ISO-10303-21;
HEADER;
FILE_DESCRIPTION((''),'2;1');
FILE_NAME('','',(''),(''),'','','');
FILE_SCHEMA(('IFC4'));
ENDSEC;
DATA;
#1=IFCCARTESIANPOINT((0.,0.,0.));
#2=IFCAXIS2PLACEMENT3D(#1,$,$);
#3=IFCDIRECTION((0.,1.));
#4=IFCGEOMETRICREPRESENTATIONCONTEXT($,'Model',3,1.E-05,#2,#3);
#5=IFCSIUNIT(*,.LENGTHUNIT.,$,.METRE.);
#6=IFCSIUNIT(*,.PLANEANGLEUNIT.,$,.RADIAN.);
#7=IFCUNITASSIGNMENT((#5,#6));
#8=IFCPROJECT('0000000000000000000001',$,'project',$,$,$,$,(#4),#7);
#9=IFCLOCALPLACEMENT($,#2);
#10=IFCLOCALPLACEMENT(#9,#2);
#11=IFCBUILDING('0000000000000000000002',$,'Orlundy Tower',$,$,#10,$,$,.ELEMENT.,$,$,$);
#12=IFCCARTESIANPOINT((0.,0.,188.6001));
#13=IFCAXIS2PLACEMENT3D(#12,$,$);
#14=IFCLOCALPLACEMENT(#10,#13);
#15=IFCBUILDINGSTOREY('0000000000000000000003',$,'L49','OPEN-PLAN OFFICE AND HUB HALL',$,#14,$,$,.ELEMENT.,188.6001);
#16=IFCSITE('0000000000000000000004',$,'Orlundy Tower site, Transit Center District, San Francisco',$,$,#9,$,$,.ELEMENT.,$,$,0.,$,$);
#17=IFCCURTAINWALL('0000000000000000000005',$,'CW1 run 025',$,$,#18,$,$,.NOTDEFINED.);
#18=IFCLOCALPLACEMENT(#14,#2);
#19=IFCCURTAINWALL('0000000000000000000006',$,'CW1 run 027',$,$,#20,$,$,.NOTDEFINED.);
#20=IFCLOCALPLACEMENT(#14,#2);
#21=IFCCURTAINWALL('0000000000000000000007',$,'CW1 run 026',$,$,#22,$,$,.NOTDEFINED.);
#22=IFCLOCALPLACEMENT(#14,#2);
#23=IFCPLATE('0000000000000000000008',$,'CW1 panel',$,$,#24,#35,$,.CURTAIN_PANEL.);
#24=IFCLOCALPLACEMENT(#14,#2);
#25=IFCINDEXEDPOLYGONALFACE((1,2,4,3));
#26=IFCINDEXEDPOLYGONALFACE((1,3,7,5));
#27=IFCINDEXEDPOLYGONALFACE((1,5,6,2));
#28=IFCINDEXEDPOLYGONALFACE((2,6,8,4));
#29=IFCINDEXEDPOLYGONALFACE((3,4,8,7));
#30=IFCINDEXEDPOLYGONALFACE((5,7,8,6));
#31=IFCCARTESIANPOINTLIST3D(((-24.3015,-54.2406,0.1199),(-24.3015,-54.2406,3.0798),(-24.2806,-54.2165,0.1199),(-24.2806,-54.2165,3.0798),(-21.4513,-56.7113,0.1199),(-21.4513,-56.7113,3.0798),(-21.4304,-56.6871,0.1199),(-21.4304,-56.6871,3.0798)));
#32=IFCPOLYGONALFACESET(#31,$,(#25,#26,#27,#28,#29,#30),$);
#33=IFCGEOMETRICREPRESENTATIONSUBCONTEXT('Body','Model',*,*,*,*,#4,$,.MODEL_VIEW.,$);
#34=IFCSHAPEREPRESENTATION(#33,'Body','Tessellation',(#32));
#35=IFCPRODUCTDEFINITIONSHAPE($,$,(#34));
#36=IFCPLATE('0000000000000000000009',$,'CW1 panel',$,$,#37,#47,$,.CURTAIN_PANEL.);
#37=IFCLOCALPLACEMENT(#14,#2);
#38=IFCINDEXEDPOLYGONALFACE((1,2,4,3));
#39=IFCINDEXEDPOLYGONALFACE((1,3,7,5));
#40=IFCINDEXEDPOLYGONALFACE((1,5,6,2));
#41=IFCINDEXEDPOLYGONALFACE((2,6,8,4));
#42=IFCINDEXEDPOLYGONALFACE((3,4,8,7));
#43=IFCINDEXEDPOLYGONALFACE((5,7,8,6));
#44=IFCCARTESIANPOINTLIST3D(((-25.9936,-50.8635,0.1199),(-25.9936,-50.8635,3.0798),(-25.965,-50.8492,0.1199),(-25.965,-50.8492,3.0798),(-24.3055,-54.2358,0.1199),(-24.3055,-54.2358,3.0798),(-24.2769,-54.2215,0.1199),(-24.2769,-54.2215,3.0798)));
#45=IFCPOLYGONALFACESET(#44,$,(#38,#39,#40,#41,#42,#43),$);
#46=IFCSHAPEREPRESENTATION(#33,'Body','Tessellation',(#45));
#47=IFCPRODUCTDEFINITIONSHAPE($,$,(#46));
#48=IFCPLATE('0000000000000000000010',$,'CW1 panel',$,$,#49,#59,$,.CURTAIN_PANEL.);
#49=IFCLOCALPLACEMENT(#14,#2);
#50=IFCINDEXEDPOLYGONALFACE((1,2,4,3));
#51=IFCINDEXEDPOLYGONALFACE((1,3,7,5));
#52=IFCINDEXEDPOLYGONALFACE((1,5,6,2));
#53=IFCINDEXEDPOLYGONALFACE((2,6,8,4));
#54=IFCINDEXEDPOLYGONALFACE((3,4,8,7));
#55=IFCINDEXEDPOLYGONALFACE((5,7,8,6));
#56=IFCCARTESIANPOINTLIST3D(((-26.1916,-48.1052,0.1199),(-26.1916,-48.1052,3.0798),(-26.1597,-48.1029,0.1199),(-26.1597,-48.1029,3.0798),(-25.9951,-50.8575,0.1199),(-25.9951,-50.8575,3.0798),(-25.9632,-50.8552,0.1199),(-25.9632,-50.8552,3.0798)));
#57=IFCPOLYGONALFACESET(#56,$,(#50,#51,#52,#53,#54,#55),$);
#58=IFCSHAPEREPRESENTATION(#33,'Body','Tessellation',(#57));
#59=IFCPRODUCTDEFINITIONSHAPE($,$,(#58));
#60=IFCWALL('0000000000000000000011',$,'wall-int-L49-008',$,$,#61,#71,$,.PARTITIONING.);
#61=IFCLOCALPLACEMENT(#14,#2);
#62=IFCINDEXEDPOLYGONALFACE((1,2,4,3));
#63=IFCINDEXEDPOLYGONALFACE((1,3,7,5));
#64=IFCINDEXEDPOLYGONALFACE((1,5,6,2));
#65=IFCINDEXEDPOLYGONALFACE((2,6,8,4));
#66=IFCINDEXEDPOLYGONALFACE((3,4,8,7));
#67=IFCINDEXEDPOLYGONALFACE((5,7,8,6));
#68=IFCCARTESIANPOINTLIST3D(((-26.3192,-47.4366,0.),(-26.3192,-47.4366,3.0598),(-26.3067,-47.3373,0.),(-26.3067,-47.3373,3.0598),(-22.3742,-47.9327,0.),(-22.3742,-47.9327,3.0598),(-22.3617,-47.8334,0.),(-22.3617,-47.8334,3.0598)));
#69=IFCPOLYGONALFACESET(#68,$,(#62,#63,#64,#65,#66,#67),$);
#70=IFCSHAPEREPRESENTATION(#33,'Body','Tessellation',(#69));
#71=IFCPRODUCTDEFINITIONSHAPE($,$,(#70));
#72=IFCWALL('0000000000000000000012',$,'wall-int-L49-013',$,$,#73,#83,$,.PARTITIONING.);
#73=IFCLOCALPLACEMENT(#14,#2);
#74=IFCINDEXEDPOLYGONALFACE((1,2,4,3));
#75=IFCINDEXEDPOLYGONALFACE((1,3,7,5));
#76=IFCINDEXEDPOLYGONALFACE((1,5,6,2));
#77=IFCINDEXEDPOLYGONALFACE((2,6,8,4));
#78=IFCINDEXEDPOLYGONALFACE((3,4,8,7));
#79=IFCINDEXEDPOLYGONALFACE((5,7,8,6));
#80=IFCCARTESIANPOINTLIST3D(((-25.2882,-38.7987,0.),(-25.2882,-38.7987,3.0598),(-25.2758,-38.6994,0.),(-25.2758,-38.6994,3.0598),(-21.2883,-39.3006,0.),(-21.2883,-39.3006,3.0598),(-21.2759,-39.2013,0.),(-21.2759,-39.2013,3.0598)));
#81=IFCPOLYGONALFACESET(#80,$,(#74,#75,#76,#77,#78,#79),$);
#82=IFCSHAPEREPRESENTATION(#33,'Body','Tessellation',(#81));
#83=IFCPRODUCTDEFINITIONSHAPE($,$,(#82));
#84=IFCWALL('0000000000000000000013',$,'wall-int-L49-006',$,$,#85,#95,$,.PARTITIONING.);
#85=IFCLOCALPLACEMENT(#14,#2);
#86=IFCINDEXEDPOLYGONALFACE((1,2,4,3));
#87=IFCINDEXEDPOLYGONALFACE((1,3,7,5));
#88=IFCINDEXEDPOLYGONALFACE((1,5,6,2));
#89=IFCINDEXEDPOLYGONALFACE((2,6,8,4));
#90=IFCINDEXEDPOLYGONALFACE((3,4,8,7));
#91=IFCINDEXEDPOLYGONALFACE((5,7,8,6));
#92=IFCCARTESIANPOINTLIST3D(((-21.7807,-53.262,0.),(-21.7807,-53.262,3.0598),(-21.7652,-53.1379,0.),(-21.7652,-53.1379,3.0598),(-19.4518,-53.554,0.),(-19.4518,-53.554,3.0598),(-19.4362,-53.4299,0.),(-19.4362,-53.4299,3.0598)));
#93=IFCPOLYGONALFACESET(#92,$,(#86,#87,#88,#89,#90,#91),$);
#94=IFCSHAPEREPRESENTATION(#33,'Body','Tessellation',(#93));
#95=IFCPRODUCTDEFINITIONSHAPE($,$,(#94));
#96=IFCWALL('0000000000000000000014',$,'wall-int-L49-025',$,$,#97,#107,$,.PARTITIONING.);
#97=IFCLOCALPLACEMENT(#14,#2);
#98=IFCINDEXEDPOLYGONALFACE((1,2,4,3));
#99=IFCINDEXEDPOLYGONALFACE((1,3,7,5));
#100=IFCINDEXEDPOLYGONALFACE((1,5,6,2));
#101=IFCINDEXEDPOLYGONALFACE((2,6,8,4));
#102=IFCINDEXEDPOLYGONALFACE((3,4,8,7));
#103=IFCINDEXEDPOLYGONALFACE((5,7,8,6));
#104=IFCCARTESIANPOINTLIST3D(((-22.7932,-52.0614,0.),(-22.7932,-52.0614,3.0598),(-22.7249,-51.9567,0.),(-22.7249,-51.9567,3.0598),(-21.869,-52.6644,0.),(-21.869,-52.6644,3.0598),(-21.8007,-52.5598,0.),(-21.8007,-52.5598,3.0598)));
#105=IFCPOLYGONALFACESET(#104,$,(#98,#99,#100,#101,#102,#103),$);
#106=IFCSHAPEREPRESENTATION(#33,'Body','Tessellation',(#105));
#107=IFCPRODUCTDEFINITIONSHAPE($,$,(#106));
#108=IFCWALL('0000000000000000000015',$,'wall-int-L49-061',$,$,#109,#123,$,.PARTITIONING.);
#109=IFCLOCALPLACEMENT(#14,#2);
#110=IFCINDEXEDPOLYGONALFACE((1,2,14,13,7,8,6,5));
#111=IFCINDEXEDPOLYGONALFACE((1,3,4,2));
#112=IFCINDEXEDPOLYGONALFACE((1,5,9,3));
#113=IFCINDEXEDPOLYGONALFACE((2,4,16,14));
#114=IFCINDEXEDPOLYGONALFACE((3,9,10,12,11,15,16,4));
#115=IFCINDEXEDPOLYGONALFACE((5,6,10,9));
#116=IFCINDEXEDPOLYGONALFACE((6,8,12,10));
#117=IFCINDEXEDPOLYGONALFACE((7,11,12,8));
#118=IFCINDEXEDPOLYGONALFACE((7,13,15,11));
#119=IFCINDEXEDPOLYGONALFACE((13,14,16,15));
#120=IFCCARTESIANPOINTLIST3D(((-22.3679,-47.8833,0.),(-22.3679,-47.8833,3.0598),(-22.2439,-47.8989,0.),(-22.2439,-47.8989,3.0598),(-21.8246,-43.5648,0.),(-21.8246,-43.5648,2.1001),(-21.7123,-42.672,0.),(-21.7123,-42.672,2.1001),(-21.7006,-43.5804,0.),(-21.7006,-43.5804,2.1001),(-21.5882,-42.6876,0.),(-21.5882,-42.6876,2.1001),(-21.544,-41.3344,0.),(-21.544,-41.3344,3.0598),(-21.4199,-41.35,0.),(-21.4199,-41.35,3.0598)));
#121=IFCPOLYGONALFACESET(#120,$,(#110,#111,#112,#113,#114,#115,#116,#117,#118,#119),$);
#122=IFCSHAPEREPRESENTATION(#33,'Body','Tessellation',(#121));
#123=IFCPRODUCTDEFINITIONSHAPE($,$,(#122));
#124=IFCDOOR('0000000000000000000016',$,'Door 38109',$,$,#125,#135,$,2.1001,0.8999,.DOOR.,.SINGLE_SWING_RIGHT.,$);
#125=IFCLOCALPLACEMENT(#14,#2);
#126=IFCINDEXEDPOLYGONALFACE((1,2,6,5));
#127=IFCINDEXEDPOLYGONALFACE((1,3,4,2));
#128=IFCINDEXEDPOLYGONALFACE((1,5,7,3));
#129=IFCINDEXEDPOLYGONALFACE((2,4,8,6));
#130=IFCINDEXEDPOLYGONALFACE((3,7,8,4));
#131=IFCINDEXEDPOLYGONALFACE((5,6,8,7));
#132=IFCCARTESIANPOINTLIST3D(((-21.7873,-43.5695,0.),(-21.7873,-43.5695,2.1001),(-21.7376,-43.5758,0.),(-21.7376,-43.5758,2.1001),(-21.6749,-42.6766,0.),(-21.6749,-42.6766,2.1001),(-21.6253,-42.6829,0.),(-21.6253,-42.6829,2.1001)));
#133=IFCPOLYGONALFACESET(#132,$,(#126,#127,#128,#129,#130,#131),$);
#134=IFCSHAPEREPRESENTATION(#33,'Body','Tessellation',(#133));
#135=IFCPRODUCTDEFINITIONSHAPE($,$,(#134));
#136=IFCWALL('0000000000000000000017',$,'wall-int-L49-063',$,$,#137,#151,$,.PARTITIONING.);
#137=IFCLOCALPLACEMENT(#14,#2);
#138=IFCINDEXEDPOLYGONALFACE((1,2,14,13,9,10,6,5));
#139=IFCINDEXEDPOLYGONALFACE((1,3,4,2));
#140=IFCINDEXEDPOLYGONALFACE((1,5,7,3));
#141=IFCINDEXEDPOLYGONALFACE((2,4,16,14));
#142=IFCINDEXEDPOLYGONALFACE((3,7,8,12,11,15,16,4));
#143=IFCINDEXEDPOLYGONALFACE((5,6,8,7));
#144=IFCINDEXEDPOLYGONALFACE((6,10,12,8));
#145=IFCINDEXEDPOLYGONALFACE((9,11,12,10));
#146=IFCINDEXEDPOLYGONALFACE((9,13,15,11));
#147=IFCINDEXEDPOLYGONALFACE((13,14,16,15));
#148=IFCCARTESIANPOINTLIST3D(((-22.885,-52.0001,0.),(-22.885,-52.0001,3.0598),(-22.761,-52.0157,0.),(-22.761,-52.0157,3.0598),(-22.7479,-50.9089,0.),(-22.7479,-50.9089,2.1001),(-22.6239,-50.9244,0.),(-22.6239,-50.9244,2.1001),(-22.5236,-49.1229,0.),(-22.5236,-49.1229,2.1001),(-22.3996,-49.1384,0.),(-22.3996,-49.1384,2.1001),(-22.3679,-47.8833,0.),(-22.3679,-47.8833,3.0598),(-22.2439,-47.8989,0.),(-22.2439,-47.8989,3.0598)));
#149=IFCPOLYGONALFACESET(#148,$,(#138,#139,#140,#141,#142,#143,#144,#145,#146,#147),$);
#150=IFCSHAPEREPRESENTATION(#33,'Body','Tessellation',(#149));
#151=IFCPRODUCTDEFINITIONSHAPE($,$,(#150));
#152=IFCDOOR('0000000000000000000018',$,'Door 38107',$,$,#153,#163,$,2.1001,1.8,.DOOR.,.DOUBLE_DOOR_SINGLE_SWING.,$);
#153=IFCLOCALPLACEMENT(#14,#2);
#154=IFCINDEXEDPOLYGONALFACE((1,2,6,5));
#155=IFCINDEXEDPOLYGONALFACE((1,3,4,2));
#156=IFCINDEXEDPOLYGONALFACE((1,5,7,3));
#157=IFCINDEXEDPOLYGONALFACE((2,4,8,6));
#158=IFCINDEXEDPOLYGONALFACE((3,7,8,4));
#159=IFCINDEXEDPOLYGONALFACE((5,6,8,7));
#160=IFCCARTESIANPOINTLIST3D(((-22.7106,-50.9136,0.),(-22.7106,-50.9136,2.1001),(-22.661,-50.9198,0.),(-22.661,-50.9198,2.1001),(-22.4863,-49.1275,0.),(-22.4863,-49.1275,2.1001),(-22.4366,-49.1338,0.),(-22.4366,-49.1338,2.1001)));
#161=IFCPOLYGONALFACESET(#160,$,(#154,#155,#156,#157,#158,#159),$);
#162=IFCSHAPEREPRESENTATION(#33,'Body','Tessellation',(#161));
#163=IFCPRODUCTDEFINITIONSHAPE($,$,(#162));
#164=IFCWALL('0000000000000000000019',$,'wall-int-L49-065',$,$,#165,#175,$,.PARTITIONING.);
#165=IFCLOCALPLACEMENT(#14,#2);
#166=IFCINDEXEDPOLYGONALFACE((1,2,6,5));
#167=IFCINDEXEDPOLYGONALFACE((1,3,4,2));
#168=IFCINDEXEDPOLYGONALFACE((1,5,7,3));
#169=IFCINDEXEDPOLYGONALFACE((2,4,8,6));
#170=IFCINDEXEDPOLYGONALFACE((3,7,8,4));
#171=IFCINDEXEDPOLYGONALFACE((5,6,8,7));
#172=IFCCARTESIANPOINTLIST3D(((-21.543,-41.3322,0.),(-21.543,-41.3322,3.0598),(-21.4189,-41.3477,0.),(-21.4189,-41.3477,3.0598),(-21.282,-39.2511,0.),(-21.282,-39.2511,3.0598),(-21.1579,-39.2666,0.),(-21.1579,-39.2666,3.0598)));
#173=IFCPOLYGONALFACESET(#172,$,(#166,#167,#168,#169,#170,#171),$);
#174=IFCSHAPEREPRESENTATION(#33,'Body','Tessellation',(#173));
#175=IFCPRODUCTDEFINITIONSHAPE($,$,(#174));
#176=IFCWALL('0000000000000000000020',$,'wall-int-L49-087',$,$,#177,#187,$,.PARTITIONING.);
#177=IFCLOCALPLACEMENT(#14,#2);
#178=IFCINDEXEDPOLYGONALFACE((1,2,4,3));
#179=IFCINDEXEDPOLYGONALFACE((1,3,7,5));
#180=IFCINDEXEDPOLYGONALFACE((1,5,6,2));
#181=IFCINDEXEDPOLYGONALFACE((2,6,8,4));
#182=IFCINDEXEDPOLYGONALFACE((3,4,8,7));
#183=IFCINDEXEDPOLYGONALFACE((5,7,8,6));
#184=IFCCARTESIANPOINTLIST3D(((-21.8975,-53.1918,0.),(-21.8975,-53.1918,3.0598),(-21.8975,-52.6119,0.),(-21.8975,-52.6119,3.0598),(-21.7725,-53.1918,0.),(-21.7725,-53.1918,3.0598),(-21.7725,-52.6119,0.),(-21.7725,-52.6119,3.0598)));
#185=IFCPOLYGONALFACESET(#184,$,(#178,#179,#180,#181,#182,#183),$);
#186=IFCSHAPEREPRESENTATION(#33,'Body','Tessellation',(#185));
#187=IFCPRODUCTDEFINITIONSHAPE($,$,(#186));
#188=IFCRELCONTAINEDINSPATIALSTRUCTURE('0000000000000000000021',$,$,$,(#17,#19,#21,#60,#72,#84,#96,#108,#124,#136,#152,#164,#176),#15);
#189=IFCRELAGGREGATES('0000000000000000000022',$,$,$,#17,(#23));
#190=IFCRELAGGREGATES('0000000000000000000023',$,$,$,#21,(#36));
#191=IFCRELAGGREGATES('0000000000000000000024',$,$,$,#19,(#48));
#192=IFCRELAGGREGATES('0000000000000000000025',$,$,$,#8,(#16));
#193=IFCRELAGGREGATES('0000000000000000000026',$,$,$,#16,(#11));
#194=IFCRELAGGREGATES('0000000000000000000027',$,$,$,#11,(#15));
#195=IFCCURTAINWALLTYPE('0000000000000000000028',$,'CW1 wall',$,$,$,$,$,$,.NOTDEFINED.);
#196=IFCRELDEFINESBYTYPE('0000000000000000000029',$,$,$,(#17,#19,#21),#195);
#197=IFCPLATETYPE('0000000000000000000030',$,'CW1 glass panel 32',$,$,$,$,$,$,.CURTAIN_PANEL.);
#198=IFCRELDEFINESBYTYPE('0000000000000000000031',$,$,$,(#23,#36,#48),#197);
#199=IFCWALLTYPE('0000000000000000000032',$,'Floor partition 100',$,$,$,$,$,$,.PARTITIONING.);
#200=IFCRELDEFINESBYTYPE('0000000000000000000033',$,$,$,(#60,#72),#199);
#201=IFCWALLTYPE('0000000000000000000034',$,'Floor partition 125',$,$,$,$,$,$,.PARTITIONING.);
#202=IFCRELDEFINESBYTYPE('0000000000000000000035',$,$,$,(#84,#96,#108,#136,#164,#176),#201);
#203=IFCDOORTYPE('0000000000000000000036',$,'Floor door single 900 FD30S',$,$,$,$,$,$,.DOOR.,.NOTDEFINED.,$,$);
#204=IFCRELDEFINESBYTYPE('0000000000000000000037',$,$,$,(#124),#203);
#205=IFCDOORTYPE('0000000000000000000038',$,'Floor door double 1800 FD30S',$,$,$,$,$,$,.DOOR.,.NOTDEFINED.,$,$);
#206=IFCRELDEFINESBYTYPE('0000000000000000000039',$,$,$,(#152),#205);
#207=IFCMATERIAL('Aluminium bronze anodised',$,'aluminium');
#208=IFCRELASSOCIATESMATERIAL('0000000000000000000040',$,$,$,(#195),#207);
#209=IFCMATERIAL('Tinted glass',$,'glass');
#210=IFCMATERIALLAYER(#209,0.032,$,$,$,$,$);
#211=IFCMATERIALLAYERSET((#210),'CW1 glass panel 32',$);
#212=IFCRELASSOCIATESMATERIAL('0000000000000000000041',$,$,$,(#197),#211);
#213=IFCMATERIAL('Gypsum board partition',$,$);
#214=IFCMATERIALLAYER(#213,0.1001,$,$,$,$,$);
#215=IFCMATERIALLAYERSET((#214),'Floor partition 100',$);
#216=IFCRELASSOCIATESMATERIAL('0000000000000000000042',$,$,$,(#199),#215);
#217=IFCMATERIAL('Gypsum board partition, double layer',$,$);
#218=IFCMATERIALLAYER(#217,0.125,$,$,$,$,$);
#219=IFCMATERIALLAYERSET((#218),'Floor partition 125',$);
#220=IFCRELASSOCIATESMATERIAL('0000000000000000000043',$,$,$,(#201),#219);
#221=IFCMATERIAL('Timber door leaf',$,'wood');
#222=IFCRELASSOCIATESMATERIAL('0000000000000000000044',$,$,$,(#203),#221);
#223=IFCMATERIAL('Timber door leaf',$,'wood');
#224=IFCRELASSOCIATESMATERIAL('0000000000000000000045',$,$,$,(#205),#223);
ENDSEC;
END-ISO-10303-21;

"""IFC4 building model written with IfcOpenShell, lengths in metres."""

from ifc_helpers import new_model, si_unit, direction, frame, frame_2d, origin, origin_2d, place, context, subcontext, project, spatial, rectangle, extrude, material, layer, layer_set, type_object, element, fill, aggregate, save


model = new_model("IFC4")

# Units and contexts
model_context = context("Model", 3, precision=1e-05, world=origin(), true_north=direction((0.0, 1.0)))
body_context = subcontext(model_context, "Body", "Model", "MODEL_VIEW")
ifc_project = project(units=[si_unit("LENGTHUNIT", "METRE"), si_unit("PLANEANGLEUNIT", "RADIAN")], contexts=[model_context])

# Site, building, storey
site_placement = place(None, origin())
site = spatial("IfcSite", under=ifc_project, at=site_placement, Name="Orlundy Tower site, Transit Center District, San Francisco", CompositionType="ELEMENT", RefElevation=0.0)
building_placement = place(site_placement, origin())
building = spatial("IfcBuilding", under=site, at=building_placement, Name="Orlundy Tower", CompositionType="ELEMENT")
storey_placement = place(building_placement, frame((0.0, 0.0, 188.6001)))
storey = spatial("IfcBuildingStorey", under=building, at=storey_placement, Name="L49", Description="OPEN-PLAN OFFICE AND HUB HALL", CompositionType="ELEMENT", Elevation=188.6001)

# Curtain walls
ifc_material_1 = material(Name="Aluminium bronze anodised", Category="aluminium")
curtain_wall_type = type_object("IfcCurtainWallType", Name="CW1 wall", PredefinedType="NOTDEFINED", material=ifc_material_1)
curtain_wall_1_placement = place(storey_placement, origin())
curtain_wall_1 = element("IfcCurtainWall", 1, at=curtain_wall_1_placement, inside=storey, type_object=curtain_wall_type, Name="CW1 run 025", PredefinedType="NOTDEFINED")
curtain_wall_2_placement = place(storey_placement, origin())
curtain_wall_2 = element("IfcCurtainWall", 2, at=curtain_wall_2_placement, inside=storey, type_object=curtain_wall_type, Name="CW1 run 027", PredefinedType="NOTDEFINED")

# Curtain wall
curtain_wall_3_placement = place(storey_placement, origin())
curtain_wall_3 = element("IfcCurtainWall", 3, at=curtain_wall_3_placement, inside=storey, type_object=curtain_wall_type, Name="CW1 run 026", PredefinedType="NOTDEFINED")

# Plates
ifc_material_2 = material(Name="Tinted glass", Category="glass")
ifc_layer_1 = layer(ifc_material_2, 0.032)
ifc_layer_set_1 = layer_set([ifc_layer_1], Name="CW1 glass panel 32")
plate_type = type_object("IfcPlateType", Name="CW1 glass panel 32", PredefinedType="CURTAIN_PANEL", material=ifc_layer_set_1)
plate_1_placement = place(storey_placement, frame((-22.866, -55.4639, 0.1199), z_axis=(0.0, 0.0, 1.0), x_axis=(-0.755627, 0.655002, 0.0)))
plate_1 = element("IfcPlate", 4, at=plate_1_placement, type_object=plate_type, Name="CW1 panel", PredefinedType="CURTAIN_PANEL", context=body_context, shape_type="SweptSolid", body=[
    extrude(rectangle(XDim=3.772, YDim=0.032, at=origin_2d()), origin(), (0.0, 0.0, 1.0), 2.96),
])
aggregate(curtain_wall_1, [plate_1])
plate_2_placement = place(storey_placement, frame((-25.1353, -52.5425, 0.1199), z_axis=(0.0, 0.0, 1.0), x_axis=(-0.447645, 0.894211, 0.0)))
plate_2 = element("IfcPlate", 5, at=plate_2_placement, type_object=plate_type, Name="CW1 panel", PredefinedType="CURTAIN_PANEL", context=body_context, shape_type="SweptSolid", body=[
    extrude(rectangle(XDim=3.7712, YDim=0.032, at=origin_2d()), origin(), (0.0, 0.0, 1.0), 2.96),
])
aggregate(curtain_wall_3, [plate_2])
plate_3_placement = place(storey_placement, frame((-26.0774, -49.4802, 0.1199), z_axis=(0.0, 0.0, 1.0), x_axis=(-0.071209, 0.997461, 0.0)))
plate_3 = element("IfcPlate", 6, at=plate_3_placement, type_object=plate_type, Name="CW1 panel", PredefinedType="CURTAIN_PANEL", context=body_context, shape_type="SweptSolid", body=[
    extrude(rectangle(XDim=2.7593, YDim=0.032, at=origin_2d()), origin(), (0.0, 0.0, 1.0), 2.96),
])
aggregate(curtain_wall_2, [plate_3])

# Walls
ifc_material_3 = material(Name="Gypsum board partition")
ifc_layer_2 = layer(ifc_material_3, 0.1001)
ifc_layer_set_2 = layer_set([ifc_layer_2], Name="Floor partition 100")
wall_type_1 = type_object("IfcWallType", Name="Floor partition 100", PredefinedType="PARTITIONING", material=ifc_layer_set_2)
wall_1_placement = place(storey_placement, frame((-26.313, -47.387, 0.0), z_axis=(0.0, 0.0, 1.0), x_axis=(0.992186, -0.124768, 0.0)))
element("IfcWall", 7, at=wall_1_placement, inside=storey, type_object=wall_type_1, Name="wall-int-L49-008", PredefinedType="PARTITIONING", context=body_context, shape_type="SweptSolid", body=[
    extrude(rectangle(XDim=3.9761, YDim=0.1001, at=frame_2d((1.988, 0.0))), origin(), (0.0, 0.0, 1.0), 3.0598),
])
wall_2_placement = place(storey_placement, frame((-25.282, -38.749, 0.0), z_axis=(0.0, 0.0, 1.0), x_axis=(0.992218, -0.124512, 0.0)))
element("IfcWall", 8, at=wall_2_placement, inside=storey, type_object=wall_type_1, Name="wall-int-L49-013", PredefinedType="PARTITIONING", context=body_context, shape_type="SweptSolid", body=[
    extrude(rectangle(XDim=4.0312, YDim=0.1001, at=frame_2d((2.0156, 0.0))), origin(), (0.0, 0.0, 1.0), 3.0598),
])
ifc_material_4 = material(Name="Gypsum board partition, double layer")
ifc_layer_3 = layer(ifc_material_4, 0.125)
ifc_layer_set_3 = layer_set([ifc_layer_3], Name="Floor partition 125")
wall_type_2 = type_object("IfcWallType", Name="Floor partition 125", PredefinedType="PARTITIONING", material=ifc_layer_set_3)
wall_3_placement = place(storey_placement, frame((-21.7729, -53.2, 0.0), z_axis=(0.0, 0.0, 1.0), x_axis=(0.992231, -0.124406, 0.0)))
element("IfcWall", 9, at=wall_3_placement, inside=storey, type_object=wall_type_2, Name="wall-int-L49-006", PredefinedType="PARTITIONING", context=body_context, shape_type="SweptSolid", body=[
    extrude(rectangle(XDim=2.3472, YDim=0.125, at=frame_2d((1.1736, 0.0))), origin(), (0.0, 0.0, 1.0), 3.0598),
])
wall_4_placement = place(storey_placement, frame((-22.759, -52.009, 0.0), z_axis=(0.0, 0.0, 1.0), x_axis=(0.837457, -0.546504, 0.0)))
element("IfcWall", 10, at=wall_4_placement, inside=storey, type_object=wall_type_2, Name="wall-int-L49-025", PredefinedType="PARTITIONING", context=body_context, shape_type="SweptSolid", body=[
    extrude(rectangle(XDim=1.1035, YDim=0.125, at=frame_2d((0.5518, 0.0))), origin(), (0.0, 0.0, 1.0), 3.0598),
])

# Walls, openings, doors
wall_5_placement = place(storey_placement, frame((-22.3059, -47.8911, 0.0), z_axis=(0.0, 0.0, 1.0), x_axis=(0.124831, 0.992178, 0.0)))
wall_5 = element("IfcWall", 11, at=wall_5_placement, inside=storey, type_object=wall_type_2, Name="wall-int-L49-061", PredefinedType="PARTITIONING", context=body_context, shape_type="SweptSolid", body=[
    extrude(rectangle(XDim=6.6006, YDim=0.125, at=frame_2d((3.3003, 0.0))), origin(), (0.0, 0.0, 1.0), 3.0598),
])
opening_1_placement = place(wall_5_placement, frame((4.3525, 0.0, 0.0)))
opening_1 = element("IfcOpeningElement", 12, at=opening_1_placement, cuts=wall_5, PredefinedType="OPENING", context=body_context, shape_type="SweptSolid", body=[
    extrude(rectangle(XDim=0.8999, YDim=2.1001, at=frame_2d((0.45, 1.05))), frame((0.0, 0.0725, 0.0), z_axis=(0.0, -1.0, 0.0), x_axis=(1.0, 0.0, 0.0)), (0.0, 0.0, 1.0), 0.145),
])
ifc_material_5 = material(Name="Timber door leaf", Category="wood")
door_type_1 = type_object("IfcDoorType", Name="Floor door single 900 FD30S", OperationType="NOTDEFINED", PredefinedType="DOOR", material=ifc_material_5)
door_1_placement = place(opening_1_placement, origin())
door_1 = element("IfcDoor", 13, at=door_1_placement, inside=storey, type_object=door_type_1, Name="Door 38109", OperationType="SINGLE_SWING_RIGHT", OverallHeight=2.1001, OverallWidth=0.8999, PredefinedType="DOOR", context=body_context, shape_type="SweptSolid", body=[
    extrude(rectangle(XDim=0.8999, YDim=2.1001, at=frame_2d((0.45, 1.05))), frame((0.0, 0.0249, 0.0), z_axis=(0.0, -1.0, 0.0), x_axis=(1.0, 0.0, 0.0)), (0.0, 0.0, 1.0), 0.05),
])
fill(opening_1, door_1)
wall_6_placement = place(storey_placement, frame((-22.823, -52.0081, 0.0), z_axis=(0.0, 0.0, 1.0), x_axis=(0.124621, 0.992204, 0.0)))
wall_6 = element("IfcWall", 14, at=wall_6_placement, inside=storey, type_object=wall_type_2, Name="wall-int-L49-063", PredefinedType="PARTITIONING", context=body_context, shape_type="SweptSolid", body=[
    extrude(rectangle(XDim=4.1492, YDim=0.125, at=frame_2d((2.0747, 0.0))), origin(), (0.0, 0.0, 1.0), 3.0598),
])
opening_2_placement = place(wall_6_placement, frame((1.1001, 0.0, 0.0)))
opening_2 = element("IfcOpeningElement", 15, at=opening_2_placement, cuts=wall_6, PredefinedType="OPENING", context=body_context, shape_type="SweptSolid", body=[
    extrude(rectangle(XDim=1.8, YDim=2.1001, at=frame_2d((0.8999, 1.05))), frame((0.0, 0.0725, 0.0), z_axis=(0.0, -1.0, 0.0), x_axis=(1.0, 0.0, 0.0)), (0.0, 0.0, 1.0), 0.145),
])
ifc_material_6 = material(Name="Timber door leaf", Category="wood")
door_type_2 = type_object("IfcDoorType", Name="Floor door double 1800 FD30S", OperationType="NOTDEFINED", PredefinedType="DOOR", material=ifc_material_6)
door_2_placement = place(opening_2_placement, origin())
door_2 = element("IfcDoor", 16, at=door_2_placement, inside=storey, type_object=door_type_2, Name="Door 38107", OperationType="DOUBLE_DOOR_SINGLE_SWING", OverallHeight=2.1001, OverallWidth=1.8, PredefinedType="DOOR", context=body_context, shape_type="SweptSolid", body=[
    extrude(rectangle(XDim=1.8, YDim=2.1001, at=frame_2d((0.8999, 1.05))), frame((0.0, 0.0249, 0.0), z_axis=(0.0, -1.0, 0.0), x_axis=(1.0, 0.0, 0.0)), (0.0, 0.0, 1.0), 0.05),
])
fill(opening_2, door_2)

# Walls
wall_7_placement = place(storey_placement, frame((-21.481, -41.3401, 0.0), z_axis=(0.0, 0.0, 1.0), x_axis=(0.124436, 0.992228, 0.0)))
element("IfcWall", 17, at=wall_7_placement, inside=storey, type_object=wall_type_2, Name="wall-int-L49-065", PredefinedType="PARTITIONING", context=body_context, shape_type="SweptSolid", body=[
    extrude(rectangle(XDim=2.0974, YDim=0.125, at=frame_2d((1.0488, 0.0))), origin(), (0.0, 0.0, 1.0), 3.0598),
])
wall_8_placement = place(storey_placement, frame((-21.835, -53.1919, 0.0), z_axis=(0.0, 0.0, 1.0), x_axis=(0.0, 1.0, 0.0)))
element("IfcWall", 18, at=wall_8_placement, inside=storey, type_object=wall_type_2, Name="wall-int-L49-087", PredefinedType="PARTITIONING", context=body_context, shape_type="SweptSolid", body=[
    extrude(rectangle(XDim=0.5798, YDim=0.125, at=frame_2d((0.29, 0.0))), origin(), (0.0, 0.0, 1.0), 3.0598),
])

save(model, "model.ifc")
